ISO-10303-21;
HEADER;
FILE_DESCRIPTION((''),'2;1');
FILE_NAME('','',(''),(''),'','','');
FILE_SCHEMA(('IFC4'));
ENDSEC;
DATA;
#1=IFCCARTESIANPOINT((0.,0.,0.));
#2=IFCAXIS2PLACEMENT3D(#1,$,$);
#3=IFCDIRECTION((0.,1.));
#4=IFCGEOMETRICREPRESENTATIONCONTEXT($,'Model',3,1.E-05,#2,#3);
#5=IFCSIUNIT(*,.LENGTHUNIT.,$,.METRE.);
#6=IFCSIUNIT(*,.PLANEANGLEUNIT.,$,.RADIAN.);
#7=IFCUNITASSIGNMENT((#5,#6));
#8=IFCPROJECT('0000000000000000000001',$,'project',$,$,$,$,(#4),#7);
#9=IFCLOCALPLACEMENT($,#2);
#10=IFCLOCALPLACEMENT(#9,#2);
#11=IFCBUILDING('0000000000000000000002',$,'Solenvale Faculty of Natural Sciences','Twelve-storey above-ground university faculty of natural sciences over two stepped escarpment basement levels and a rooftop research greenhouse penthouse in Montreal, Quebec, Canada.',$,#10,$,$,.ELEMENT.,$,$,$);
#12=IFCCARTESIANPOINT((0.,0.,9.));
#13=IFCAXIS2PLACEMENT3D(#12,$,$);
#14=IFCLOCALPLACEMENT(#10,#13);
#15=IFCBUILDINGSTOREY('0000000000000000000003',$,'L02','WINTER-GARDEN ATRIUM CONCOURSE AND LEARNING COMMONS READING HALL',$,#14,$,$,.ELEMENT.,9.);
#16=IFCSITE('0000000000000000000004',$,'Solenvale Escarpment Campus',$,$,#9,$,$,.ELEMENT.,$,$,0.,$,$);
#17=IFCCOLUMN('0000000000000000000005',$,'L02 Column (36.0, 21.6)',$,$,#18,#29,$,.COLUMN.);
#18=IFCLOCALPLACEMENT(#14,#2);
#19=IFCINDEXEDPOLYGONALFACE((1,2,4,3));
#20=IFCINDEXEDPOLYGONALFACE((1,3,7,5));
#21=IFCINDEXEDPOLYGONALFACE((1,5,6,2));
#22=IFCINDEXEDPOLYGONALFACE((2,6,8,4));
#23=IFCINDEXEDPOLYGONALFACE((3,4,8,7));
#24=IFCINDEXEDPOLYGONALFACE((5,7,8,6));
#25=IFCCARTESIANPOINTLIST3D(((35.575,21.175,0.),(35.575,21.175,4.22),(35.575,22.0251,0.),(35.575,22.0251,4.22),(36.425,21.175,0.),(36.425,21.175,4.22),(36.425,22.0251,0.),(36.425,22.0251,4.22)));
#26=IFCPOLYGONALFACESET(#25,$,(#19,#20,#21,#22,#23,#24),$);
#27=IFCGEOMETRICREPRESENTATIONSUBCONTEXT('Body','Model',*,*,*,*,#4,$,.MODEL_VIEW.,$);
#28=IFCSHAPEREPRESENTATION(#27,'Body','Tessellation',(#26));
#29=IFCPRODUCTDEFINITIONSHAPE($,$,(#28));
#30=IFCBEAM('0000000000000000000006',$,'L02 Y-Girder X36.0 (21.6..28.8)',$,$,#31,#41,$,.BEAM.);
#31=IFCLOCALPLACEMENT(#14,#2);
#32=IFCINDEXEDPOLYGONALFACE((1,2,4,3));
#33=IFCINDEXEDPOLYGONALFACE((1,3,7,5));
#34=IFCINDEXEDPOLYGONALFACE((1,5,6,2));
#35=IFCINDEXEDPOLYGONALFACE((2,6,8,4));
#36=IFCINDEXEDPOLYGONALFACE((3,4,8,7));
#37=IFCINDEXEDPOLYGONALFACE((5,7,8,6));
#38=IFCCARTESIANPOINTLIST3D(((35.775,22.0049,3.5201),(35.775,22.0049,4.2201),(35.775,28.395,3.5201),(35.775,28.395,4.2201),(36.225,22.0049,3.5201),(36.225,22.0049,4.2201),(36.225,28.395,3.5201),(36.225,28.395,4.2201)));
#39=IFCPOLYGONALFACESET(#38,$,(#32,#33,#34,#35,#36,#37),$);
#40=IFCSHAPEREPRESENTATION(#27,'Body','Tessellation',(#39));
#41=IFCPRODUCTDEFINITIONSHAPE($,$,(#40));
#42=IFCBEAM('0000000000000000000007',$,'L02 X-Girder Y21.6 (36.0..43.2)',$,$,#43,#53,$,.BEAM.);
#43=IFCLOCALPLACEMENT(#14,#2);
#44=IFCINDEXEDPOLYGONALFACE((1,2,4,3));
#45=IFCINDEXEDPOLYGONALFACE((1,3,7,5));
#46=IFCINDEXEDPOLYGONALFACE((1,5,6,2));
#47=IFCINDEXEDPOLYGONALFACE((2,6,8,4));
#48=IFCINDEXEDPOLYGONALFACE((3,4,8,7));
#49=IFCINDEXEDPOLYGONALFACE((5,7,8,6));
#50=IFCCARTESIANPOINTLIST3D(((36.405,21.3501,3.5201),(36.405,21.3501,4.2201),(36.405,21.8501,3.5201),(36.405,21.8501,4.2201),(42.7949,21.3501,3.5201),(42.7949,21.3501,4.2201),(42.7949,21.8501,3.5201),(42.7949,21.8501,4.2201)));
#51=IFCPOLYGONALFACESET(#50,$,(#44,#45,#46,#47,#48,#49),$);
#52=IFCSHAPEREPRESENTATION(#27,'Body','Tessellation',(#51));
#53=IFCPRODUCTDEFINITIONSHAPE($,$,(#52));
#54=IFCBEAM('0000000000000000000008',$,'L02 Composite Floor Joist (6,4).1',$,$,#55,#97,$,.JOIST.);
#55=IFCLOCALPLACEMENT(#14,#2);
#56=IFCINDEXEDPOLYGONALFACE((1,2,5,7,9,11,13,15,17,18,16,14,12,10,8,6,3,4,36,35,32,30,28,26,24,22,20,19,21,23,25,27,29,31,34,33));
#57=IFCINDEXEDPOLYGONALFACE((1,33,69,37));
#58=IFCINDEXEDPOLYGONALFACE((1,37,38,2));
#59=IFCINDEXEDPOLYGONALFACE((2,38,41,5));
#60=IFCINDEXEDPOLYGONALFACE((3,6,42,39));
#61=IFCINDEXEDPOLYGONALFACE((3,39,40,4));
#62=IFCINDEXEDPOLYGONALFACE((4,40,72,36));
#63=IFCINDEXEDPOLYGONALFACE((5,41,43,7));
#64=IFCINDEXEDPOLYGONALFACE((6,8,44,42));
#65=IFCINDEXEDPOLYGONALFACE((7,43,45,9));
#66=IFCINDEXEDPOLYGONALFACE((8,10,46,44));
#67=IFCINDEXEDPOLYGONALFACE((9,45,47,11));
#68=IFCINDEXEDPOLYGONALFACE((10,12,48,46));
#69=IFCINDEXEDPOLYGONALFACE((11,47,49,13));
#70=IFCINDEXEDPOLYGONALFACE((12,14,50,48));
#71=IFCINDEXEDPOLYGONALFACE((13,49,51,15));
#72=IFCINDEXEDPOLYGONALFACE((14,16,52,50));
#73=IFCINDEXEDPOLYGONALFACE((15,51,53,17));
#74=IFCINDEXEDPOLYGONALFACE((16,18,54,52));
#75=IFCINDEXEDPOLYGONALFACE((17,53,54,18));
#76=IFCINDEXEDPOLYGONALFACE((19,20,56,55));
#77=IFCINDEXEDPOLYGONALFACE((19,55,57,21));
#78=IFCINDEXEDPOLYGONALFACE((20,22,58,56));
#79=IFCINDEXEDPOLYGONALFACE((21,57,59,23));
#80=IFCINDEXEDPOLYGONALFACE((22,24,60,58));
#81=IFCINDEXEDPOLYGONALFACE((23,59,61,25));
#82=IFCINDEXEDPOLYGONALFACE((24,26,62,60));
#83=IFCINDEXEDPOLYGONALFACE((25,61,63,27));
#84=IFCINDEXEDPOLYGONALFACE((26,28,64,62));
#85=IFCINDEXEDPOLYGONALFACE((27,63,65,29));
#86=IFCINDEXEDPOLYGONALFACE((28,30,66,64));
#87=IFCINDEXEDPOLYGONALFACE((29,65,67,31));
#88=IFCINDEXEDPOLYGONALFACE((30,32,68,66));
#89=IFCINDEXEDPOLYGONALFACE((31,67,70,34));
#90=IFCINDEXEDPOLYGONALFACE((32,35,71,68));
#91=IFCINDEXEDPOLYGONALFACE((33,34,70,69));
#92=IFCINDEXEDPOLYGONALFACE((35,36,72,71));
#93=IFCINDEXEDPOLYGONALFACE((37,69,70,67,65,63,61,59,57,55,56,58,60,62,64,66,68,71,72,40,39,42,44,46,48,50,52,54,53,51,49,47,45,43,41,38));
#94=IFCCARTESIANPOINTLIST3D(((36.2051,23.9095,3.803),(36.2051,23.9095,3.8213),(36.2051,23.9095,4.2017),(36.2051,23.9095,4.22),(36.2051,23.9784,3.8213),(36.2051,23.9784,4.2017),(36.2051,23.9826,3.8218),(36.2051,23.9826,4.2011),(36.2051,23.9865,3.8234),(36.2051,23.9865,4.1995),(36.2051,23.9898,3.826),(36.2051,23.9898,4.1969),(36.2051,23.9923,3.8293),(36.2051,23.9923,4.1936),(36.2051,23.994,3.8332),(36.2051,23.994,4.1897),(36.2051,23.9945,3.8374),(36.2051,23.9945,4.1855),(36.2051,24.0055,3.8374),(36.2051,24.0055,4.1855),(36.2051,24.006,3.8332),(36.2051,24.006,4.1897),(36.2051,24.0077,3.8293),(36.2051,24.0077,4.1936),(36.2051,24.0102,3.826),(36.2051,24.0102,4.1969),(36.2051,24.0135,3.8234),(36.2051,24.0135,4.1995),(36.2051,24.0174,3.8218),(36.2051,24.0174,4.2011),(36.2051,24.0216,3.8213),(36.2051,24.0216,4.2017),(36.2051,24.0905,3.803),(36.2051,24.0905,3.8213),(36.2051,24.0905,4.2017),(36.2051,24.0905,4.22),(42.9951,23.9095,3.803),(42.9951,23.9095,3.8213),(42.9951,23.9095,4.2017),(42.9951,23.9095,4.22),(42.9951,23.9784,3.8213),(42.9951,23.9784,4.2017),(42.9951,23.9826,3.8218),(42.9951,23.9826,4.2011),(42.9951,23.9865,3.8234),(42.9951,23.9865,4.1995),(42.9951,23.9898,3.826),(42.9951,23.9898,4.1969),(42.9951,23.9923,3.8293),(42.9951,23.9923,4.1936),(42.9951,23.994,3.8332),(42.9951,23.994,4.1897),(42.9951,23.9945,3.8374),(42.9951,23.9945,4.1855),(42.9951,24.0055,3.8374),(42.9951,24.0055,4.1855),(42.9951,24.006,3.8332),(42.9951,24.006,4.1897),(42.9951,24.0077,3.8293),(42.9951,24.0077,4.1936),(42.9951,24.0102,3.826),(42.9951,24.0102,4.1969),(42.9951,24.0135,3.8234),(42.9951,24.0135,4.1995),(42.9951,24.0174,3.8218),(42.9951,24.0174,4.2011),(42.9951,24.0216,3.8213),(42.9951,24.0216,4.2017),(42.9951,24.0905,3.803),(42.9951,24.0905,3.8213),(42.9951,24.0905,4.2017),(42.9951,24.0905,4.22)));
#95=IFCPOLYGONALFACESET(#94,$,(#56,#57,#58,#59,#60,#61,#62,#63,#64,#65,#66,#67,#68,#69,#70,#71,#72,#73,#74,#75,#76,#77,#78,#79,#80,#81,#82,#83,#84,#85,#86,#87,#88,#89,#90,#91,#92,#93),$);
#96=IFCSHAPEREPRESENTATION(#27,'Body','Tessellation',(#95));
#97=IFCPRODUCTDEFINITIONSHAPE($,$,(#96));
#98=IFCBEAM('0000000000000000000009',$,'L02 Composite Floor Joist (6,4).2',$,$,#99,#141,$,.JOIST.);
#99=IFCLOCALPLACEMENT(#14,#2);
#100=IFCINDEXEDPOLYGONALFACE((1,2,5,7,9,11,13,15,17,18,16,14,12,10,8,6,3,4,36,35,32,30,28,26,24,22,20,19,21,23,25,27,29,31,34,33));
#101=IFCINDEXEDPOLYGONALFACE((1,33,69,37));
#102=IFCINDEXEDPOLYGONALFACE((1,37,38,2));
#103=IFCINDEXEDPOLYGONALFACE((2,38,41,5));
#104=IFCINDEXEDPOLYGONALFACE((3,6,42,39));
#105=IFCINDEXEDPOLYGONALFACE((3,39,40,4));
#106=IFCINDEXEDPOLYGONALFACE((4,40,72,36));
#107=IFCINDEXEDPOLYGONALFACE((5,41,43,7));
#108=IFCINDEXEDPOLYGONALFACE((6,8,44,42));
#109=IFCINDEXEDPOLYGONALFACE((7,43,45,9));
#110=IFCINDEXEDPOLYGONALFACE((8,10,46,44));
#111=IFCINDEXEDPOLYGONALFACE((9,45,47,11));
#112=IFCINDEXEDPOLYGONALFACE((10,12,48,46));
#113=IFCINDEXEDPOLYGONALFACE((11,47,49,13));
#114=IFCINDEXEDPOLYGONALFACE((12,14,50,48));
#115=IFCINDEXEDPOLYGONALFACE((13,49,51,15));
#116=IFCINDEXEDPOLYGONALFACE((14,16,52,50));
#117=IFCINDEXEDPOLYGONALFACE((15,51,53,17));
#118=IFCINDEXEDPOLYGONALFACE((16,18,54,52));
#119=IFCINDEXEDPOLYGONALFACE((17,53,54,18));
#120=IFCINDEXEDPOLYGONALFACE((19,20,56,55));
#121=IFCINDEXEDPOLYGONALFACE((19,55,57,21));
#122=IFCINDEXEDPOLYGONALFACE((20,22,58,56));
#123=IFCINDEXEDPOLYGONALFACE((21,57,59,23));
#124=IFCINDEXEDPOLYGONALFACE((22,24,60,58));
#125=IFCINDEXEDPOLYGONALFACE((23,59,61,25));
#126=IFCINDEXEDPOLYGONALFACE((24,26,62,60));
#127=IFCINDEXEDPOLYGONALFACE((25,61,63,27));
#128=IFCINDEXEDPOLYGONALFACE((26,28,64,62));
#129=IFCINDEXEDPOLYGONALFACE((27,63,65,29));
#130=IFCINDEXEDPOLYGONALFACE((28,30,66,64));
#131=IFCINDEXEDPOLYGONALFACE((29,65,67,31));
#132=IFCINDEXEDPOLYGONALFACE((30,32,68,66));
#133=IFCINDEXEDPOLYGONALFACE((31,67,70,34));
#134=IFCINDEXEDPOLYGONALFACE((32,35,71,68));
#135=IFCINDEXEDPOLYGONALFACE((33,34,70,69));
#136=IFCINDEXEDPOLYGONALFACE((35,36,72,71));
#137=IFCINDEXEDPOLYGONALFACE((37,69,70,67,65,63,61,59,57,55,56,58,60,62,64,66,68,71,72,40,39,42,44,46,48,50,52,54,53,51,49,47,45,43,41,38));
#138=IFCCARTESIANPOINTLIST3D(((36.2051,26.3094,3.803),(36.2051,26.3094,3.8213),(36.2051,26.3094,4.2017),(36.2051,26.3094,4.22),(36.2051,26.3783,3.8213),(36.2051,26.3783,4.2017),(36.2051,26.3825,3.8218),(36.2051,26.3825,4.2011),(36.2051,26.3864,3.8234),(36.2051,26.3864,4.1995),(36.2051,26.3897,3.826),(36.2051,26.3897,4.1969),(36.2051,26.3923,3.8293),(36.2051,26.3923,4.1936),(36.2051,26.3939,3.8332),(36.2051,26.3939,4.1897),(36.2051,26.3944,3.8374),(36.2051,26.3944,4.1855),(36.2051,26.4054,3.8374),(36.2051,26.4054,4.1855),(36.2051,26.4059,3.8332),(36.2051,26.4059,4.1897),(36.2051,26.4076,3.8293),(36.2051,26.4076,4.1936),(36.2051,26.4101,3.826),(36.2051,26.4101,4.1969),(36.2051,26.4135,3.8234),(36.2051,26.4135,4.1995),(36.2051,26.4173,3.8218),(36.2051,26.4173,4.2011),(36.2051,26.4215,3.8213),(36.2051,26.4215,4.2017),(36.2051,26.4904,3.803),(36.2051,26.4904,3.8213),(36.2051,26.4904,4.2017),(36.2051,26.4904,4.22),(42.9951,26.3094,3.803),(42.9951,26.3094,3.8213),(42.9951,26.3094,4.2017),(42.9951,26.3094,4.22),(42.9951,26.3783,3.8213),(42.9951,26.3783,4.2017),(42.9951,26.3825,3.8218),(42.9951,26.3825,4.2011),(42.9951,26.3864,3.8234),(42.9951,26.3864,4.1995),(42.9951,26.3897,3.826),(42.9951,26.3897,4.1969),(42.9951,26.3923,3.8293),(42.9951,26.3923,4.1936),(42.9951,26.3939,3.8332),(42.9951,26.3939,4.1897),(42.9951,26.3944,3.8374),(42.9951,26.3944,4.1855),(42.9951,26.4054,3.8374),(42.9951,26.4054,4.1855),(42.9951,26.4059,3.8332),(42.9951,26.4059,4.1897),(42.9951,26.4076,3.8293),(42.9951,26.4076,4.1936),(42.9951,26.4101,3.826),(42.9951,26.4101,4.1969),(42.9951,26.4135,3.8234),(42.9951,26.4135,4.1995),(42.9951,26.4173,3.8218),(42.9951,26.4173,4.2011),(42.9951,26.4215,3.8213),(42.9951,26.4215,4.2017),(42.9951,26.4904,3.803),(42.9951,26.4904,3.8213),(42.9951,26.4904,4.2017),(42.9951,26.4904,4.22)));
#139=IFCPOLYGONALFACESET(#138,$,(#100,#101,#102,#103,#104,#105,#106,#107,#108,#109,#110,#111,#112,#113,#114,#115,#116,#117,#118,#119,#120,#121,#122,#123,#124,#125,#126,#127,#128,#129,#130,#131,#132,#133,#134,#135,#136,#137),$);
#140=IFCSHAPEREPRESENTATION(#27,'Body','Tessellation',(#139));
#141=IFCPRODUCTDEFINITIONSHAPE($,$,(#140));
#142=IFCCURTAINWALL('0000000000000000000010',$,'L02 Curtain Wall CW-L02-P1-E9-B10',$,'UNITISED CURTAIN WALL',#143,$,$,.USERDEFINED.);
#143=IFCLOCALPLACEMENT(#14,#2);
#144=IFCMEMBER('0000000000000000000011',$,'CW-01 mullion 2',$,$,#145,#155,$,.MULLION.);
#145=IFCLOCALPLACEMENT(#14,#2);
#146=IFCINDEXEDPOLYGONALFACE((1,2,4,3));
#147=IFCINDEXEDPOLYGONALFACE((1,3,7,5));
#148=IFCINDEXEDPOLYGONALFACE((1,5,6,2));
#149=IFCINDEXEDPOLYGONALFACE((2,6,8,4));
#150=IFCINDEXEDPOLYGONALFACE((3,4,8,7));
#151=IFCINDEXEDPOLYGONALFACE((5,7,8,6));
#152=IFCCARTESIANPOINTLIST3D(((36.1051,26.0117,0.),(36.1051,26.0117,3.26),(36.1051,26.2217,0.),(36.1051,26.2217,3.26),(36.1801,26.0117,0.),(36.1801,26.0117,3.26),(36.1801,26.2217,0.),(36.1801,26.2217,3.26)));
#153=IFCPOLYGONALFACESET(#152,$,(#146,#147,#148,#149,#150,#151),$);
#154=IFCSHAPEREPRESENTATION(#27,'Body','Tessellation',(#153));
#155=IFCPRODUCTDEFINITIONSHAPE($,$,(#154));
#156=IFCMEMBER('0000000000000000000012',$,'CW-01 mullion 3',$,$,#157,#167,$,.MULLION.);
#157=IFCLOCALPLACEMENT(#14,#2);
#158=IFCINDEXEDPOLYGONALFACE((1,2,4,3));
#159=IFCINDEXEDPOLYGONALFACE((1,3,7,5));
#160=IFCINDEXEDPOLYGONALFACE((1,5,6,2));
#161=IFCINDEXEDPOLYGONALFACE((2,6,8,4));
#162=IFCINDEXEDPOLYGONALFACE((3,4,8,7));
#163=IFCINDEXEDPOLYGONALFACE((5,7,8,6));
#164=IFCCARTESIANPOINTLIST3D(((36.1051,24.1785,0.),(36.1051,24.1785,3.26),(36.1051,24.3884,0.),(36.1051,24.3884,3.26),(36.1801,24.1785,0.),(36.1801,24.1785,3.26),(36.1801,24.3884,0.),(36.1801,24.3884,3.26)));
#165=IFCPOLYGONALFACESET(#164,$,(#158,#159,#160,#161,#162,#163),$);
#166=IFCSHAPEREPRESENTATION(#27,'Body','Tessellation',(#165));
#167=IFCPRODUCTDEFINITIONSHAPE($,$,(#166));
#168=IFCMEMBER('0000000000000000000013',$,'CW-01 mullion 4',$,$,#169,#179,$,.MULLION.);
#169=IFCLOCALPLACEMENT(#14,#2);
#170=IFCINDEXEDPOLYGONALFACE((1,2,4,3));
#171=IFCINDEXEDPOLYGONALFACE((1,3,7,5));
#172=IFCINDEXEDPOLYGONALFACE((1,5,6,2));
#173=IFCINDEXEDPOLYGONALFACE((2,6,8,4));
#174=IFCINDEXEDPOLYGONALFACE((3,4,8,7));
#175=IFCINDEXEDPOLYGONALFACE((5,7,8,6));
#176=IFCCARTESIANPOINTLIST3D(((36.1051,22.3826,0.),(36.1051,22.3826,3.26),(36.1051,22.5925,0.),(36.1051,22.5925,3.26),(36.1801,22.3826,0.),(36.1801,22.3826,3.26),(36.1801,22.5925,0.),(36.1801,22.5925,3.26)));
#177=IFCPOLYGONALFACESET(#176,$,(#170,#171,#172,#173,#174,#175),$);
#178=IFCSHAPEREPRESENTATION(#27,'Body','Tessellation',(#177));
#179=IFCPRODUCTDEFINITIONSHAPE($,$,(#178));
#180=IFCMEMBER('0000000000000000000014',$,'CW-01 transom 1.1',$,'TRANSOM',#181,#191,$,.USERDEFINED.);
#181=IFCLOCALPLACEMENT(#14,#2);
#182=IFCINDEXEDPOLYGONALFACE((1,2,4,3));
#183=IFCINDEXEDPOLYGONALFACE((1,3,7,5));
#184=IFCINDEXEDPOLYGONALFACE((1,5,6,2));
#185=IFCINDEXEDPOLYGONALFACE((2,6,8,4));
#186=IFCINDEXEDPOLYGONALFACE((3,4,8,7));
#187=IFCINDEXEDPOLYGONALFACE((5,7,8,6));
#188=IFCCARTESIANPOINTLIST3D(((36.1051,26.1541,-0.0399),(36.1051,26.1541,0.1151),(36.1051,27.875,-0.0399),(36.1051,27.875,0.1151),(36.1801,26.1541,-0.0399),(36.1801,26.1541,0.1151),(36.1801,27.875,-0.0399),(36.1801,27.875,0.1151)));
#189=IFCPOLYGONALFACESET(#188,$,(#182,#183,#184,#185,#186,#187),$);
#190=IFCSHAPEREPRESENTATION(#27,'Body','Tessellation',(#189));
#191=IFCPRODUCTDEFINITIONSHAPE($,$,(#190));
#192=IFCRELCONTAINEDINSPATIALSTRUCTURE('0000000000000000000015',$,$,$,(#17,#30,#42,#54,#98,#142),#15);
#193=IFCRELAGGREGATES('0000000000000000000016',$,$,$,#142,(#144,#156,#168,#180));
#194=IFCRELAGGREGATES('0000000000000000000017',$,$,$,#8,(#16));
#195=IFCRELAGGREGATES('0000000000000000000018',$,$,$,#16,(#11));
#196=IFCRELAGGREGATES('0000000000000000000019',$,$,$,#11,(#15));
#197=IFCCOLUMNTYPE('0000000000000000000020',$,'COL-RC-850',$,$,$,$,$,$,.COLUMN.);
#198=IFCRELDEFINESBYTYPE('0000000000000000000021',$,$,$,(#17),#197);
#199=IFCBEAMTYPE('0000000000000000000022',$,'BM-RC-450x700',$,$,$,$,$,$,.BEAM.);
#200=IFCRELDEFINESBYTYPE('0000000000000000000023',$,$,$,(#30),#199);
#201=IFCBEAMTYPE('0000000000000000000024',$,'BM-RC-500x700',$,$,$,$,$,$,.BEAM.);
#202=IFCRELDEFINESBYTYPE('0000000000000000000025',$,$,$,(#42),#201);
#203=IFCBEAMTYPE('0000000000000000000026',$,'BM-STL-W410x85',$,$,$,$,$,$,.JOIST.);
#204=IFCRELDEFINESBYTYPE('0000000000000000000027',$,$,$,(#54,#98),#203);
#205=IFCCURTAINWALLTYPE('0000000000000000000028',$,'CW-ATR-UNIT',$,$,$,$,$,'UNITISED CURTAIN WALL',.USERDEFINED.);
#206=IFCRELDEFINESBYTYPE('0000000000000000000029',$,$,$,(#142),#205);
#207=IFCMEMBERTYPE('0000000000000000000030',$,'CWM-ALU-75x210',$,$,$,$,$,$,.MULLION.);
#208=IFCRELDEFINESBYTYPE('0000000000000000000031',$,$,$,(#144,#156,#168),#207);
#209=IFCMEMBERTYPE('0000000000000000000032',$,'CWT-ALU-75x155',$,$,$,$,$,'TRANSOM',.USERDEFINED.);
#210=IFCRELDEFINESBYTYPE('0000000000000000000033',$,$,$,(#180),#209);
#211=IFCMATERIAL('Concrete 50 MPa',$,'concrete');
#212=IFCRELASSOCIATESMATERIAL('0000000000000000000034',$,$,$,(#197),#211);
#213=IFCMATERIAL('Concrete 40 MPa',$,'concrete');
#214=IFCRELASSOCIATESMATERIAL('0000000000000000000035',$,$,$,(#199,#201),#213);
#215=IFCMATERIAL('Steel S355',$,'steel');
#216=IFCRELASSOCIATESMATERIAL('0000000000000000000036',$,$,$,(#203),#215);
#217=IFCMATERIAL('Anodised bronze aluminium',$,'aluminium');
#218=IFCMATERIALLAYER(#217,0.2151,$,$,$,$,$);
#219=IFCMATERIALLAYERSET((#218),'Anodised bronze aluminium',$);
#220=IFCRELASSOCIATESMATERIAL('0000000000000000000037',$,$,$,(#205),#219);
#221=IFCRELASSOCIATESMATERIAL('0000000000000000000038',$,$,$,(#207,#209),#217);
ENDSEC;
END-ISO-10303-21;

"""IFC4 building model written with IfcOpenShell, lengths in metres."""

from ifc_helpers import new_model, si_unit, direction, frame, origin, origin_2d, place, context, subcontext, project, spatial, rectangle, i_section, extrude, material, layer, layer_set, material_profile, profile_set, type_object, element, aggregate, save


model = new_model("IFC4")

# Units and contexts
model_context = context("Model", 3, precision=1e-05, world=origin(), true_north=direction((0.0, 1.0)))
body_context = subcontext(model_context, "Body", "Model", "MODEL_VIEW")
ifc_project = project(units=[si_unit("LENGTHUNIT", "METRE"), si_unit("PLANEANGLEUNIT", "RADIAN")], contexts=[model_context])

# Site, building, storey
site_placement = place(None, origin())
site = spatial("IfcSite", under=ifc_project, at=site_placement, Name="Solenvale Escarpment Campus", CompositionType="ELEMENT", RefElevation=0.0)
building_placement = place(site_placement, origin())
building = spatial("IfcBuilding", under=site, at=building_placement, Name="Solenvale Faculty of Natural Sciences", Description="Twelve-storey above-ground university faculty of natural sciences over two stepped escarpment basement levels and a rooftop research greenhouse penthouse in Montreal, Quebec, Canada.", CompositionType="ELEMENT")
storey_placement = place(building_placement, frame((0.0, 0.0, 9.0)))
storey = spatial("IfcBuildingStorey", under=building, at=storey_placement, Name="L02", Description="WINTER-GARDEN ATRIUM CONCOURSE AND LEARNING COMMONS READING HALL", CompositionType="ELEMENT", Elevation=9.0)

# Column
ifc_material_1 = material(Name="Concrete 50 MPa", Category="concrete")
ifc_material_profile_1 = material_profile(ifc_material_1, rectangle(XDim=0.8501, YDim=0.8501, at=origin_2d()), Name="RC-COL-850x850")
ifc_profile_set_1 = profile_set([ifc_material_profile_1], Name="Concrete 50 MPa")
column_type = type_object("IfcColumnType", Name="COL-RC-850", PredefinedType="COLUMN", material=ifc_profile_set_1)
column_placement = place(storey_placement, frame((36.0, 21.6001, 0.0), z_axis=(0.0, 0.0, 1.0), x_axis=(1.0, 0.0, 0.0)))
element("IfcColumn", 1, at=column_placement, inside=storey, type_object=column_type, Name="L02 Column (36.0, 21.6)", PredefinedType="COLUMN", context=body_context, shape_type="SweptSolid", body=[
    extrude(rectangle(XDim=0.8501, YDim=0.8501, at=origin_2d()), origin(), (0.0, 0.0, 1.0), 4.22),
])

# Beams
ifc_material_2 = material(Name="Concrete 40 MPa", Category="concrete")
ifc_material_profile_2 = material_profile(ifc_material_2, rectangle(XDim=0.45, YDim=0.7, at=origin_2d()), Name="RC-BM-450x700")
ifc_profile_set_2 = profile_set([ifc_material_profile_2], Name="Concrete 40 MPa")
beam_type_1 = type_object("IfcBeamType", Name="BM-RC-450x700", PredefinedType="BEAM", material=ifc_profile_set_2)
beam_1_placement = place(storey_placement, frame((36.0, 22.0049, 3.8701), z_axis=(0.0, 1.0, 0.0), x_axis=(-1.0, 0.0, 0.0)))
element("IfcBeam", 2, at=beam_1_placement, inside=storey, type_object=beam_type_1, Name="L02 Y-Girder X36.0 (21.6..28.8)", PredefinedType="BEAM", context=body_context, shape_type="SweptSolid", body=[
    extrude(rectangle(XDim=0.45, YDim=0.7, at=origin_2d()), origin(), (0.0, 0.0, 1.0), 6.3901),
])
ifc_material_profile_3 = material_profile(ifc_material_2, rectangle(XDim=0.5, YDim=0.7, at=origin_2d()), Name="RC-BM-500x700")
ifc_profile_set_3 = profile_set([ifc_material_profile_3], Name="Concrete 40 MPa")
beam_type_2 = type_object("IfcBeamType", Name="BM-RC-500x700", PredefinedType="BEAM", material=ifc_profile_set_3)
beam_2_placement = place(storey_placement, frame((36.405, 21.6001, 3.8701), z_axis=(1.0, 0.0, 0.0), x_axis=(0.0, 1.0, 0.0)))
element("IfcBeam", 3, at=beam_2_placement, inside=storey, type_object=beam_type_2, Name="L02 X-Girder Y21.6 (36.0..43.2)", PredefinedType="BEAM", context=body_context, shape_type="SweptSolid", body=[
    extrude(rectangle(XDim=0.5, YDim=0.7, at=origin_2d()), origin(), (0.0, 0.0, 1.0), 6.3899),
])
ifc_material_3 = material(Name="Steel S355", Category="steel")
ifc_material_profile_4 = material_profile(ifc_material_3, i_section(OverallWidth=0.1809, OverallDepth=0.417, WebThickness=0.011, FlangeThickness=0.0183, FilletRadius=0.0161, at=origin_2d()), Name="W410x85")
ifc_profile_set_4 = profile_set([ifc_material_profile_4], Name="Steel S355")
beam_type_3 = type_object("IfcBeamType", Name="BM-STL-W410x85", PredefinedType="JOIST", material=ifc_profile_set_4)
for number, where, z_axis, x_axis, name in (
    (4, (36.2051, 24.0, 4.0115), (1.0, 0.0, 0.0), (0.0, 1.0, 0.0), "L02 Composite Floor Joist (6,4).1"),
    (5, (36.2051, 26.3999, 4.0115), (1.0, 0.0, 0.0), (0.0, 1.0, 0.0), "L02 Composite Floor Joist (6,4).2"),
):
    element("IfcBeam", number, at=place(storey_placement, frame(where, z_axis=z_axis, x_axis=x_axis)), inside=storey, type_object=beam_type_3, Name=name, PredefinedType="JOIST", context=body_context, shape_type="SweptSolid", body=[
        extrude(i_section(OverallWidth=0.1809, OverallDepth=0.417, WebThickness=0.011, FlangeThickness=0.0183, FilletRadius=0.0161, at=origin_2d()), origin(), (0.0, 0.0, 1.0), 6.79),
    ])

# Curtain wall, members
ifc_material_4 = material(Name="Anodised bronze aluminium", Category="aluminium")
ifc_layer_1 = layer(ifc_material_4, 0.2151)
ifc_layer_set_1 = layer_set([ifc_layer_1], Name="Anodised bronze aluminium")
curtain_wall_type = type_object("IfcCurtainWallType", Name="CW-ATR-UNIT", ElementType="UNITISED CURTAIN WALL", PredefinedType="USERDEFINED", material=ifc_layer_set_1)
curtain_wall_placement = place(storey_placement, origin())
curtain_wall = element("IfcCurtainWall", 6, at=curtain_wall_placement, inside=storey, type_object=curtain_wall_type, Name="L02 Curtain Wall CW-L02-P1-E9-B10", ObjectType="UNITISED CURTAIN WALL", PredefinedType="USERDEFINED")
ifc_material_profile_5 = material_profile(ifc_material_4, rectangle(XDim=0.075, YDim=0.21, at=origin_2d()), Name="ALU-MUL-75x210")
ifc_profile_set_5 = profile_set([ifc_material_profile_5], Name="Anodised bronze aluminium")
member_type_1 = type_object("IfcMemberType", Name="CWM-ALU-75x210", PredefinedType="MULLION", material=ifc_profile_set_5)
member_1_placement = place(storey_placement, frame((36.1426, 26.1167, 0.0), z_axis=(0.0, 0.0, 1.0), x_axis=(1.0, 0.0, 0.0)))
member_1 = element("IfcMember", 7, at=member_1_placement, type_object=member_type_1, Name="CW-01 mullion 2", PredefinedType="MULLION", context=body_context, shape_type="SweptSolid", body=[
    extrude(rectangle(XDim=0.075, YDim=0.21, at=origin_2d()), origin(), (0.0, 0.0, 1.0), 3.26),
])
member_2_placement = place(storey_placement, frame((36.1426, 24.2834, 0.0), z_axis=(0.0, 0.0, 1.0), x_axis=(1.0, 0.0, 0.0)))
member_2 = element("IfcMember", 8, at=member_2_placement, type_object=member_type_1, Name="CW-01 mullion 3", PredefinedType="MULLION", context=body_context, shape_type="SweptSolid", body=[
    extrude(rectangle(XDim=0.075, YDim=0.21, at=origin_2d()), origin(), (0.0, 0.0, 1.0), 3.26),
])
member_3_placement = place(storey_placement, frame((36.1426, 22.4875, 0.0), z_axis=(0.0, 0.0, 1.0), x_axis=(1.0, 0.0, 0.0)))
member_3 = element("IfcMember", 9, at=member_3_placement, type_object=member_type_1, Name="CW-01 mullion 4", PredefinedType="MULLION", context=body_context, shape_type="SweptSolid", body=[
    extrude(rectangle(XDim=0.075, YDim=0.21, at=origin_2d()), origin(), (0.0, 0.0, 1.0), 3.26),
])
ifc_material_profile_6 = material_profile(ifc_material_4, rectangle(XDim=0.075, YDim=0.155, at=origin_2d()), Name="ALU-TRN-75x155")
ifc_profile_set_6 = profile_set([ifc_material_profile_6], Name="Anodised bronze aluminium")
member_type_2 = type_object("IfcMemberType", Name="CWT-ALU-75x155", ElementType="TRANSOM", PredefinedType="USERDEFINED", material=ifc_profile_set_6)
member_4_placement = place(storey_placement, frame((36.1426, 27.875, 0.0376), z_axis=(0.0, -1.0, 0.0), x_axis=(1.0, 0.0, 0.0)))
member_4 = element("IfcMember", 10, at=member_4_placement, type_object=member_type_2, Name="CW-01 transom 1.1", ObjectType="TRANSOM", PredefinedType="USERDEFINED", context=body_context, shape_type="SweptSolid", body=[
    extrude(rectangle(XDim=0.075, YDim=0.155, at=origin_2d()), origin(), (0.0, 0.0, 1.0), 1.7209),
])
aggregate(curtain_wall, [member_1, member_2, member_3, member_4])

save(model, "model.ifc")
